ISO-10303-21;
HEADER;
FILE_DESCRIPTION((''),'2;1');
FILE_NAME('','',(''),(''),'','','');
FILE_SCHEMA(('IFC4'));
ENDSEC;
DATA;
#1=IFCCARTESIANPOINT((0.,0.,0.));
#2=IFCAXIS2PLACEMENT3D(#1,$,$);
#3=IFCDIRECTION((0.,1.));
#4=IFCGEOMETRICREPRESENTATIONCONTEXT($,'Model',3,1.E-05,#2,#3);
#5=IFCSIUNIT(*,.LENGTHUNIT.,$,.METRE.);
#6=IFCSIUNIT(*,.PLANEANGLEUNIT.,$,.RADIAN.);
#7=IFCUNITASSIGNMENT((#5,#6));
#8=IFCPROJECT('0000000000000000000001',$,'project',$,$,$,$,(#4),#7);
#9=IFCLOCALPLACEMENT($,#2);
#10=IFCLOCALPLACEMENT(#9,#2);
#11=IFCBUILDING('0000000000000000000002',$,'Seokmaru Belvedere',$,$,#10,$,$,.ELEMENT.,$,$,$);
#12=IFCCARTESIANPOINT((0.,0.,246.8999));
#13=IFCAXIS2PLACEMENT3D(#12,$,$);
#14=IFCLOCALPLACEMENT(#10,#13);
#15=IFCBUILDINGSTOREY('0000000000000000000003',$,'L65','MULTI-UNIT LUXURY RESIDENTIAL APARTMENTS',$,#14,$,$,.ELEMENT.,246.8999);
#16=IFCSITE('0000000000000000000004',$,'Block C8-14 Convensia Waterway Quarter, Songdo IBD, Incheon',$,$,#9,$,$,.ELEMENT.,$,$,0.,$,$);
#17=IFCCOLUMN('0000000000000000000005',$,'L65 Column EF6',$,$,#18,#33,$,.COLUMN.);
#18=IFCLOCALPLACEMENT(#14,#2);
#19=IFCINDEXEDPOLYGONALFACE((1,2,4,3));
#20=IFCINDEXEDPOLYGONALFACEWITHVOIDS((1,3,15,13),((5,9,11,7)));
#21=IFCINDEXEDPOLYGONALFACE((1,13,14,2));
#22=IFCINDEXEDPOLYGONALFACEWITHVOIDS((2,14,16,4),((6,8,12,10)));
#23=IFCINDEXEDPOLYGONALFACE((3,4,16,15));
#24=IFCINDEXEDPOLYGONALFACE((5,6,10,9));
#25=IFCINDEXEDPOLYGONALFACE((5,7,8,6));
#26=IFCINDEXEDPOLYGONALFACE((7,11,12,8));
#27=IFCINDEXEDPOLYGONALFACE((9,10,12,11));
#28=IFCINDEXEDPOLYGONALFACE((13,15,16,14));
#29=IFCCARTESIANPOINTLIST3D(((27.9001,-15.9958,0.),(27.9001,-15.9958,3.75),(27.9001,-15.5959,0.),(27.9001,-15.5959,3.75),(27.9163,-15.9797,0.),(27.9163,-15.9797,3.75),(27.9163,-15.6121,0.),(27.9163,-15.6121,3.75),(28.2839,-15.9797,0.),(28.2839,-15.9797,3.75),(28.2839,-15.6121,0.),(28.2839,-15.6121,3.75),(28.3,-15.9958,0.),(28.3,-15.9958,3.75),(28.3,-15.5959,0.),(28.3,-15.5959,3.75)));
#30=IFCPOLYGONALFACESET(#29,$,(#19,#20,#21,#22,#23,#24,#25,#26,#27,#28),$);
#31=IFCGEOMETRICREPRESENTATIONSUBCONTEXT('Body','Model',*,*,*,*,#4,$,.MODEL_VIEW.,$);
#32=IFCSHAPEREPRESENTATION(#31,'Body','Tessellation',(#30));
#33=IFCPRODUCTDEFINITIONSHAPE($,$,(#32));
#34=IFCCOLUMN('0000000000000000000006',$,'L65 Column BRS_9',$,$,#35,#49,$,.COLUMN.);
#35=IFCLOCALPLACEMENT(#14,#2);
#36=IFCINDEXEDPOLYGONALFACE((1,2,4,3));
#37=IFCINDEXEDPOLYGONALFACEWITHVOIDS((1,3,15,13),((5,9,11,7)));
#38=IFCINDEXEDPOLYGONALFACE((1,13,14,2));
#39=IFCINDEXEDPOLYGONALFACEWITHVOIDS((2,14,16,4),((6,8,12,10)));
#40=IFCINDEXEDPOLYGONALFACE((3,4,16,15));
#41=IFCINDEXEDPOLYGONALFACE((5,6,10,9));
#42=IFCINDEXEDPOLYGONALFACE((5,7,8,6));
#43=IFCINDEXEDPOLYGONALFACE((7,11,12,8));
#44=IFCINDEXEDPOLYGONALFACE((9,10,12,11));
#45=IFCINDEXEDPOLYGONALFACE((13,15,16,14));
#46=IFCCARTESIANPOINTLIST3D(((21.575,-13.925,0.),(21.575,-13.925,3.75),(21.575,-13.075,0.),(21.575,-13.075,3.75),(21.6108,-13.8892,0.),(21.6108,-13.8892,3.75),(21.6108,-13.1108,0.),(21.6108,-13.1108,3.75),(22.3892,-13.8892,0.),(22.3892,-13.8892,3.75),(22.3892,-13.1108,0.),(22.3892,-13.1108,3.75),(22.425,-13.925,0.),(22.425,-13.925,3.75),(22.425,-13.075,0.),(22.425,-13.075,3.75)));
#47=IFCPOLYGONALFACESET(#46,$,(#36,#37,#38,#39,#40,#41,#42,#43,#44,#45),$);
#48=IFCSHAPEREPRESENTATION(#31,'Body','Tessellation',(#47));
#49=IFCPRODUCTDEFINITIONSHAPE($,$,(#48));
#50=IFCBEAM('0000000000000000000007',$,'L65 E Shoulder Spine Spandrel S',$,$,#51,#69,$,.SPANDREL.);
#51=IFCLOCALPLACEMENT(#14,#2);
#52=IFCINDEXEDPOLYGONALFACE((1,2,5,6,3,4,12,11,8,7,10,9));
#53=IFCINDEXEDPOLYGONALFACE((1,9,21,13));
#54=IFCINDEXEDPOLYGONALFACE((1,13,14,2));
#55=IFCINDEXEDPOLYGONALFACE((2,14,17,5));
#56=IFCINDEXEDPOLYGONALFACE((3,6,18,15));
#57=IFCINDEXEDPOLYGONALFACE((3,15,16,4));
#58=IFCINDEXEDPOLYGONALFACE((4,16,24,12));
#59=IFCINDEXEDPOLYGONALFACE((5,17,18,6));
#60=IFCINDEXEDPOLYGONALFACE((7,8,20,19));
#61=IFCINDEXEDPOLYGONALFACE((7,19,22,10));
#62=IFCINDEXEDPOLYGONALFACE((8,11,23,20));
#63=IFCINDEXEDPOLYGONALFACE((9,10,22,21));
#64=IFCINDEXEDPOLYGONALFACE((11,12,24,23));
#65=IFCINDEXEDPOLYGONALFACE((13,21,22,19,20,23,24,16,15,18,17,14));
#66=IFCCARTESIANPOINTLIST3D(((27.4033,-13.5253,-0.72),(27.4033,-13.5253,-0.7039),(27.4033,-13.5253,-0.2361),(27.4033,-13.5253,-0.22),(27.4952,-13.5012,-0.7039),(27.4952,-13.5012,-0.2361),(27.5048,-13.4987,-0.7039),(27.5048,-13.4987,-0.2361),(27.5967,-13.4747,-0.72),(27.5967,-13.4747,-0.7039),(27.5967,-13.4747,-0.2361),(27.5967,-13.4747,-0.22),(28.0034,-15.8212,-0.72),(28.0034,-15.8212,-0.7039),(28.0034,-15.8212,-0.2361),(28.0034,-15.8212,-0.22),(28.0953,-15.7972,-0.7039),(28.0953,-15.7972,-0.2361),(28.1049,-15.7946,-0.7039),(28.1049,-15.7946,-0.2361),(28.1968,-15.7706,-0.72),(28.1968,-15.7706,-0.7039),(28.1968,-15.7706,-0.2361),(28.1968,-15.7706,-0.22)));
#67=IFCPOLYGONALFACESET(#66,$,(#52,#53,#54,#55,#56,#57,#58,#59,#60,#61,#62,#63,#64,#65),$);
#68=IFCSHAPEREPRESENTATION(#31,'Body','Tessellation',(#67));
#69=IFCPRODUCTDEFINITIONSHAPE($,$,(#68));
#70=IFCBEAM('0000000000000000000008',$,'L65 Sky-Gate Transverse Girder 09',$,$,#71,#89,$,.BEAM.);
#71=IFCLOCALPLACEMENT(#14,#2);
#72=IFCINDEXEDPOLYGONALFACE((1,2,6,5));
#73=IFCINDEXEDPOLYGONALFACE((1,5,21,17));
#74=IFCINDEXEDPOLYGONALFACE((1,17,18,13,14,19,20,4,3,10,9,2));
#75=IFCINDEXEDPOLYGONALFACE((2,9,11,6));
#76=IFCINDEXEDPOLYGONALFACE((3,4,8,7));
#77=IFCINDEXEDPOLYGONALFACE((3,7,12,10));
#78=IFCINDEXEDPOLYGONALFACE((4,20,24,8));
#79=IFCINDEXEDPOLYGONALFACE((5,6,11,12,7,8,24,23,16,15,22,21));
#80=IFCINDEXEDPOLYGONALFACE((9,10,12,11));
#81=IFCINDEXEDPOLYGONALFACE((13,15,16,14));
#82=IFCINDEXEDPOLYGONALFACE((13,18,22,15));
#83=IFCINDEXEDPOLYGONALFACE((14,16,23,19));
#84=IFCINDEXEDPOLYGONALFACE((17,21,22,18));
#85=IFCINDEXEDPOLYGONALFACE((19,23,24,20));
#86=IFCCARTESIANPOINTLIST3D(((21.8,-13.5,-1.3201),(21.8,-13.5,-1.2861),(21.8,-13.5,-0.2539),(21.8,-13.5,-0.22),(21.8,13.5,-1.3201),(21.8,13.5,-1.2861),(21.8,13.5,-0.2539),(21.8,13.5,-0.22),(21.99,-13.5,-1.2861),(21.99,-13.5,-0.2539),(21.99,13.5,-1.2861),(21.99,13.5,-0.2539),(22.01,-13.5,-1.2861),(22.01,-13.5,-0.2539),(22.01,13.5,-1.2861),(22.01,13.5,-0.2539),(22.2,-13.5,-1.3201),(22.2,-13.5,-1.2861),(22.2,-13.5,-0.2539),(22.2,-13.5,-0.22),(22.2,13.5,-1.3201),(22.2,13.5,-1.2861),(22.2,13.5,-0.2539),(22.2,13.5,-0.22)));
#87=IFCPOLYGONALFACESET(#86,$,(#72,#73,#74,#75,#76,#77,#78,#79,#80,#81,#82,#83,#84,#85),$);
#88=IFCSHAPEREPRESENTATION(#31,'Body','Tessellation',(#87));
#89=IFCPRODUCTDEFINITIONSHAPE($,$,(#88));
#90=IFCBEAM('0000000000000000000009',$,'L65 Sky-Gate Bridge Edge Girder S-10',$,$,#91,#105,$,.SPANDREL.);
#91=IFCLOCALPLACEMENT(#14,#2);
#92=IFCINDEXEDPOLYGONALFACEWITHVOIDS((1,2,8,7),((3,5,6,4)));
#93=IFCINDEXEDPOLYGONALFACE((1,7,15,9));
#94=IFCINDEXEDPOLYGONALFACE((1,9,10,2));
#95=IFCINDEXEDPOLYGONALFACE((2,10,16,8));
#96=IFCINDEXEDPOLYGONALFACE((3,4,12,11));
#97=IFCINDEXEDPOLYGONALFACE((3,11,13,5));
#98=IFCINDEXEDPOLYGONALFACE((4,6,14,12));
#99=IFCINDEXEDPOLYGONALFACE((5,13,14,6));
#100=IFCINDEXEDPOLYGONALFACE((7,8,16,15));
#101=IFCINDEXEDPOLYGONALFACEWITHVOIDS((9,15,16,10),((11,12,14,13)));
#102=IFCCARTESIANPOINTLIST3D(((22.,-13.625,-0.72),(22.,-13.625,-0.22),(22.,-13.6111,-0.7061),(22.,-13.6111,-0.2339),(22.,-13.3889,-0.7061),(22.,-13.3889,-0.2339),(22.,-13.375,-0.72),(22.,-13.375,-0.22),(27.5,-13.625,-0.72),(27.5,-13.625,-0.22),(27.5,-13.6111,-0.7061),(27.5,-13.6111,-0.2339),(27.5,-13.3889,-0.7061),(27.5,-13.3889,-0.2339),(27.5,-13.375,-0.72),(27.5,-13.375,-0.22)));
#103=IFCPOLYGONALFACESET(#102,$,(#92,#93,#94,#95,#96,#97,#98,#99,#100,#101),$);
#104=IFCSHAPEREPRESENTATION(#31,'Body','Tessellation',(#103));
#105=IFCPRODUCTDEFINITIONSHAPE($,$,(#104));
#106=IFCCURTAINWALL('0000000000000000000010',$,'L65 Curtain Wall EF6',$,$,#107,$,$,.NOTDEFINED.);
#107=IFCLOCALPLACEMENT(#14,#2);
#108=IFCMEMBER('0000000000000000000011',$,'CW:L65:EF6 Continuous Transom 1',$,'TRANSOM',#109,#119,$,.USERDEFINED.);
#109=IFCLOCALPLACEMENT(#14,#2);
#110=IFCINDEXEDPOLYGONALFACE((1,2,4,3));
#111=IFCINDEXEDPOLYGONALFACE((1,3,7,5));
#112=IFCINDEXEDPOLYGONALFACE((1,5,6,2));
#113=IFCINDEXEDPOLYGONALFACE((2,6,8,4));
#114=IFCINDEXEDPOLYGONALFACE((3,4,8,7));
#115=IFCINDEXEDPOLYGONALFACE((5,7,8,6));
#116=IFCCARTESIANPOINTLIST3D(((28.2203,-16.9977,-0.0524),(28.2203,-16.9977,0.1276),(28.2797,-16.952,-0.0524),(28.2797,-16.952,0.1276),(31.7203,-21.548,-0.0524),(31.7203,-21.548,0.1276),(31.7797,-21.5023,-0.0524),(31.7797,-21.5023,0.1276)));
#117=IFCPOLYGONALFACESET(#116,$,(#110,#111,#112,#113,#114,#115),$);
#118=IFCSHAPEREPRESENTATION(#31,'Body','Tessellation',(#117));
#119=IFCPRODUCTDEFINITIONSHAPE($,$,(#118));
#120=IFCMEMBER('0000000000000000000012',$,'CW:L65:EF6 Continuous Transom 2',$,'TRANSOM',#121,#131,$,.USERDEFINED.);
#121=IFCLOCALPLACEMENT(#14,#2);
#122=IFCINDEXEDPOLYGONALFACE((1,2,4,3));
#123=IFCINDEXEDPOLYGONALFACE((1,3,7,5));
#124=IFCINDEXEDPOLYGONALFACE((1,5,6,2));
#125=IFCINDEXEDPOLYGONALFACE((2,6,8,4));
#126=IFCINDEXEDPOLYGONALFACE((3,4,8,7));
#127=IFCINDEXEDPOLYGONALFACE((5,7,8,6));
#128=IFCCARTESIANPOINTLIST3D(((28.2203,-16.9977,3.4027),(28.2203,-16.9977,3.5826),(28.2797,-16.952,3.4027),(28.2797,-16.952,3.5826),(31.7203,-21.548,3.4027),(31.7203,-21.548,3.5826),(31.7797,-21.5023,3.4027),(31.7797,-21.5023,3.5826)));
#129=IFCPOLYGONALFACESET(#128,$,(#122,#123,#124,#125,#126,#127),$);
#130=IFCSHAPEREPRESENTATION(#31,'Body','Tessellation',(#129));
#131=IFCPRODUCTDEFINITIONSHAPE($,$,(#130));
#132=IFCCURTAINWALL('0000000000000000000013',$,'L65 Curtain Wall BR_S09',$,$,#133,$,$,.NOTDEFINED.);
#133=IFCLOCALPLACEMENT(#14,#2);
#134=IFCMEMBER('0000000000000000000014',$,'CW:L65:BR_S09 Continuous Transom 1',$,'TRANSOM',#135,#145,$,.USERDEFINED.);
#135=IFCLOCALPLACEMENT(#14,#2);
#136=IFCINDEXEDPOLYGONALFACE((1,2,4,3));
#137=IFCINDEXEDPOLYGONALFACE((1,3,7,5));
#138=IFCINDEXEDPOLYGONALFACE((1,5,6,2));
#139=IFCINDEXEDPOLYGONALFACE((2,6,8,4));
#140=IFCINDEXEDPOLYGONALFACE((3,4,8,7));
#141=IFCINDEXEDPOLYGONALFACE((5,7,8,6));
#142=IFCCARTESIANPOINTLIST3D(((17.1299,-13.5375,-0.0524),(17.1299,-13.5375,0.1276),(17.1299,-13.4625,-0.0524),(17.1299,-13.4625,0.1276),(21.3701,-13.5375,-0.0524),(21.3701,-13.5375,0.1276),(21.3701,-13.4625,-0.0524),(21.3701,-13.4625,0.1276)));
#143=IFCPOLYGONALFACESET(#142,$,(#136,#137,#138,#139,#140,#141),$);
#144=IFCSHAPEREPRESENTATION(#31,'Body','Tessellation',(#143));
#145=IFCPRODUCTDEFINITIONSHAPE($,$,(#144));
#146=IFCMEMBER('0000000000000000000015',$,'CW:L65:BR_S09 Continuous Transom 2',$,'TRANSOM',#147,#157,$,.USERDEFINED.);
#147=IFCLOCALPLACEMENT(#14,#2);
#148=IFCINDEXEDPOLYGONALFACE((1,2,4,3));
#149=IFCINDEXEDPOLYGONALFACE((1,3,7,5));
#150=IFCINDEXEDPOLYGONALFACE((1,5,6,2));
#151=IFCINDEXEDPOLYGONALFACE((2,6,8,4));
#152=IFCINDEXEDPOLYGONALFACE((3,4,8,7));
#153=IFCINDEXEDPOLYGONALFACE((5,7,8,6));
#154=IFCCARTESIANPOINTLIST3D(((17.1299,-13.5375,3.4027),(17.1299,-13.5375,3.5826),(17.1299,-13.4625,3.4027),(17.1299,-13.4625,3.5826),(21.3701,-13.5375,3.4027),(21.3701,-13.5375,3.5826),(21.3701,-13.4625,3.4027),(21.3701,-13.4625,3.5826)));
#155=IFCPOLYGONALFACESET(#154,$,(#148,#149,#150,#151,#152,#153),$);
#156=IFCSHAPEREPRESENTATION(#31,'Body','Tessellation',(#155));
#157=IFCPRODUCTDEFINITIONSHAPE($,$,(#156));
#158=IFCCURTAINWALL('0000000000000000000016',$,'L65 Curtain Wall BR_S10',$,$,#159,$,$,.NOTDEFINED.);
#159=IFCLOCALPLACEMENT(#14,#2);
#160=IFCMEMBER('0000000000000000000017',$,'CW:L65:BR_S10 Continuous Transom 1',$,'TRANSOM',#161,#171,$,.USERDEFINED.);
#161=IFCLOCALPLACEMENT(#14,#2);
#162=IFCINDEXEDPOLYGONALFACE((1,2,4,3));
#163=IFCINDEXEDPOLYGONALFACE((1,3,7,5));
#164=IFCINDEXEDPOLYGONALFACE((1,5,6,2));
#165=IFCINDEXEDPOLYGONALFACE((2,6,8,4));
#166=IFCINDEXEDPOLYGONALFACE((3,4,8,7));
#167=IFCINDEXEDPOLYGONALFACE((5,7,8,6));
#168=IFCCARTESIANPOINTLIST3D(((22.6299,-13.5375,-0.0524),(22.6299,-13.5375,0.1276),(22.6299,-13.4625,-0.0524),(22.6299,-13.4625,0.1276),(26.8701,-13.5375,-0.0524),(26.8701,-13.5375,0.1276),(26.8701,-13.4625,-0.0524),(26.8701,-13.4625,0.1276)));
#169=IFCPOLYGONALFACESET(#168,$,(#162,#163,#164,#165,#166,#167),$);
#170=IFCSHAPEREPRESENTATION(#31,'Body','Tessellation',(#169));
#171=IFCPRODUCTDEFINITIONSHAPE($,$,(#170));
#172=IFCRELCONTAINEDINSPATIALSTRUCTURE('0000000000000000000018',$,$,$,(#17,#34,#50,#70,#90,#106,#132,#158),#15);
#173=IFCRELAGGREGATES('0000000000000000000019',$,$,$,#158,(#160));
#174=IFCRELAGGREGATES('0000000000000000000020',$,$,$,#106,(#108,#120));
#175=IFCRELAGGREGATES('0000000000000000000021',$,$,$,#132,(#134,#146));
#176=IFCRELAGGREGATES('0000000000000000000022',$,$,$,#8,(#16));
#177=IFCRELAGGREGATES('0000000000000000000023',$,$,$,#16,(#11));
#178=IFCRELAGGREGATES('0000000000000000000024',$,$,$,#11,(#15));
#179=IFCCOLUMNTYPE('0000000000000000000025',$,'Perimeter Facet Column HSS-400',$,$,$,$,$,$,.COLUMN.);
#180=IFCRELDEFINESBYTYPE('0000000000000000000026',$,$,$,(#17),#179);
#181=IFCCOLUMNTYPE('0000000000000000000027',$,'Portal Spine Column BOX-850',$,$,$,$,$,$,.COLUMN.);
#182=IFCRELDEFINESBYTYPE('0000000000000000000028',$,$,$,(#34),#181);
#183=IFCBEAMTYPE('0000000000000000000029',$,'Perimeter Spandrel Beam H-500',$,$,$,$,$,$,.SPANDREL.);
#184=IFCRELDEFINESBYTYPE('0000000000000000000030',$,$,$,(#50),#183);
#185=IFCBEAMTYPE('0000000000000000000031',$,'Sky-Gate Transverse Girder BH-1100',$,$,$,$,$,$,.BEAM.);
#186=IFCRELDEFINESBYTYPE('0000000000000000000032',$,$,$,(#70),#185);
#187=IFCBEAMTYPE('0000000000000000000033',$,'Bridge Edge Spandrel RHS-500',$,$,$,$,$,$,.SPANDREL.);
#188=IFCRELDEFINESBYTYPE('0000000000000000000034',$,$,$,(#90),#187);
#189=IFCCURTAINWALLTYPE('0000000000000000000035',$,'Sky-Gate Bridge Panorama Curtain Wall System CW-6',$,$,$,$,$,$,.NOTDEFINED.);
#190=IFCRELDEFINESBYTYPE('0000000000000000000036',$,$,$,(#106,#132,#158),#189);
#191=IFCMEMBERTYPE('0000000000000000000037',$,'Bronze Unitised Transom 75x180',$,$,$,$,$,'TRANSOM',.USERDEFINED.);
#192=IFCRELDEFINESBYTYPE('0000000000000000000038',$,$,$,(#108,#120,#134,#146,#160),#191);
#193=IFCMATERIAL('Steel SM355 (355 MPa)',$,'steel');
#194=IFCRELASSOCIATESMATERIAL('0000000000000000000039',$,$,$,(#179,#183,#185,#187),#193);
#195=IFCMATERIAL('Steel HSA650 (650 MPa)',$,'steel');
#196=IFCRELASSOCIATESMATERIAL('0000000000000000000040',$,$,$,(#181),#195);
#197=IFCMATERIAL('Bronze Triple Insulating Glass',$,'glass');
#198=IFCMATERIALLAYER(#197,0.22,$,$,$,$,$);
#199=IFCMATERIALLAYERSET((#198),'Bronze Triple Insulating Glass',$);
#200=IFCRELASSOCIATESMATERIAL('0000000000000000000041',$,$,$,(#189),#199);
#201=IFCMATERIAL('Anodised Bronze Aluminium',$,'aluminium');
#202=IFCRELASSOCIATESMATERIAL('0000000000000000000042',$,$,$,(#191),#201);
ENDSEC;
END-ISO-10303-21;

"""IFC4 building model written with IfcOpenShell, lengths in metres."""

from ifc_helpers import new_model, si_unit, direction, frame, origin, origin_2d, place, context, subcontext, project, spatial, rectangle, hollow_rectangle, i_section, extrude, source, transform, mapped, material, layer, layer_set, material_profile, profile_set, type_object, type_shapes, element, aggregate, save


model = new_model("IFC4")

# Units and contexts
model_context = context("Model", 3, precision=1e-05, world=origin(), true_north=direction((0.0, 1.0)))
body_context = subcontext(model_context, "Body", "Model", "MODEL_VIEW")
ifc_project = project(units=[si_unit("LENGTHUNIT", "METRE"), si_unit("PLANEANGLEUNIT", "RADIAN")], contexts=[model_context])

# Site, building, storey
site_placement = place(None, origin())
site = spatial("IfcSite", under=ifc_project, at=site_placement, Name="Block C8-14 Convensia Waterway Quarter, Songdo IBD, Incheon", CompositionType="ELEMENT", RefElevation=0.0)
building_placement = place(site_placement, origin())
building = spatial("IfcBuilding", under=site, at=building_placement, Name="Seokmaru Belvedere", CompositionType="ELEMENT")
storey_placement = place(building_placement, frame((0.0, 0.0, 246.8999)))
storey = spatial("IfcBuildingStorey", under=building, at=storey_placement, Name="L65", Description="MULTI-UNIT LUXURY RESIDENTIAL APARTMENTS", CompositionType="ELEMENT", Elevation=246.8999)

# Columns
ifc_material_1 = material(Name="Steel SM355 (355 MPa)", Category="steel")
ifc_material_profile_1 = material_profile(ifc_material_1, hollow_rectangle(XDim=0.3999, YDim=0.3999, WallThickness=0.0161, at=origin_2d()), Name="HSS-400x400x16")
ifc_profile_set_1 = profile_set([ifc_material_profile_1], Name="Steel SM355 (355 MPa)")
column_type_1 = type_object("IfcColumnType", Name="Perimeter Facet Column HSS-400", PredefinedType="COLUMN", material=ifc_profile_set_1)
shared_shape_1 = source(origin(), body_context, "Body", "SweptSolid", [
    extrude(hollow_rectangle(XDim=0.3999, YDim=0.3999, WallThickness=0.0161, at=origin_2d()), origin(), (0.0, 0.0, 1.0), 3.75),
])
type_shapes(column_type_1, [shared_shape_1])
column_1_placement = place(storey_placement, frame((28.1001, -15.7959, 0.0), z_axis=(0.0, 0.0, 1.0), x_axis=(1.0, 0.0, 0.0)))
element("IfcColumn", 1, at=column_1_placement, inside=storey, type_object=column_type_1, Name="L65 Column EF6", PredefinedType="COLUMN", context=body_context, shape_type="MappedRepresentation", body=[
    mapped(shared_shape_1, transform((0.0, 0.0, 0.0), scale=1.0)),
])
ifc_material_2 = material(Name="Steel HSA650 (650 MPa)", Category="steel")
ifc_material_profile_2 = material_profile(ifc_material_2, hollow_rectangle(XDim=0.8501, YDim=0.8501, WallThickness=0.0359, at=origin_2d()), Name="BOX-850x850x36")
ifc_profile_set_2 = profile_set([ifc_material_profile_2], Name="Steel HSA650 (650 MPa)")
column_type_2 = type_object("IfcColumnType", Name="Portal Spine Column BOX-850", PredefinedType="COLUMN", material=ifc_profile_set_2)
shared_shape_2 = source(origin(), body_context, "Body", "SweptSolid", [
    extrude(hollow_rectangle(XDim=0.8501, YDim=0.8501, WallThickness=0.0359, at=origin_2d()), origin(), (0.0, 0.0, 1.0), 3.75),
])
type_shapes(column_type_2, [shared_shape_2])
column_2_placement = place(storey_placement, frame((22.0, -13.5, 0.0), z_axis=(0.0, 0.0, 1.0), x_axis=(1.0, 0.0, 0.0)))
element("IfcColumn", 2, at=column_2_placement, inside=storey, type_object=column_type_2, Name="L65 Column BRS_9", PredefinedType="COLUMN", context=body_context, shape_type="MappedRepresentation", body=[
    mapped(shared_shape_2, transform((0.0, 0.0, 0.0), scale=1.0)),
])

# Beams
ifc_material_profile_3 = material_profile(ifc_material_1, i_section(OverallWidth=0.2, OverallDepth=0.5, WebThickness=0.01, FlangeThickness=0.0161, at=origin_2d()), Name="H-500x200x10x16")
ifc_profile_set_3 = profile_set([ifc_material_profile_3], Name="Steel SM355 (355 MPa)")
beam_type_1 = type_object("IfcBeamType", Name="Perimeter Spandrel Beam H-500", PredefinedType="SPANDREL", material=ifc_profile_set_3)
shared_shape_3 = source(origin(), body_context, "Body", "SweptSolid", [
    extrude(i_section(OverallWidth=0.2, OverallDepth=0.5, WebThickness=0.01, FlangeThickness=0.0161, at=origin_2d()), origin(), (0.0, 0.0, 1.0), 2.373),
])
type_shapes(beam_type_1, [shared_shape_3])
beam_1_placement = place(storey_placement, frame((28.1001, -15.7959, -0.47), z_axis=(-0.252883, 0.967497, 0.0), x_axis=(-0.967497, -0.252883, 0.0)))
element("IfcBeam", 3, at=beam_1_placement, inside=storey, type_object=beam_type_1, Name="L65 E Shoulder Spine Spandrel S", PredefinedType="SPANDREL", context=body_context, shape_type="MappedRepresentation", body=[
    mapped(shared_shape_3, transform((0.0, 0.0, 0.0), scale=1.0)),
])
ifc_material_profile_4 = material_profile(ifc_material_1, i_section(OverallWidth=0.3999, OverallDepth=1.1001, WebThickness=0.02, FlangeThickness=0.0339, at=origin_2d()), Name="BH-1100x400x20x34")
ifc_profile_set_4 = profile_set([ifc_material_profile_4], Name="Steel SM355 (355 MPa)")
beam_type_2 = type_object("IfcBeamType", Name="Sky-Gate Transverse Girder BH-1100", PredefinedType="BEAM", material=ifc_profile_set_4)
shared_shape_4 = source(origin(), body_context, "Body", "SweptSolid", [
    extrude(i_section(OverallWidth=0.3999, OverallDepth=1.1001, WebThickness=0.02, FlangeThickness=0.0339, at=origin_2d()), origin(), (0.0, 0.0, 1.0), 27.0),
])
type_shapes(beam_type_2, [shared_shape_4])
beam_2_placement = place(storey_placement, frame((22.0, -13.5, -0.77), z_axis=(0.0, 1.0, 0.0), x_axis=(-1.0, 0.0, 0.0)))
element("IfcBeam", 4, at=beam_2_placement, inside=storey, type_object=beam_type_2, Name="L65 Sky-Gate Transverse Girder 09", PredefinedType="BEAM", context=body_context, shape_type="MappedRepresentation", body=[
    mapped(shared_shape_4, transform((0.0, 0.0, 0.0), scale=1.0)),
])
ifc_material_profile_5 = material_profile(ifc_material_1, hollow_rectangle(XDim=0.25, YDim=0.5, WallThickness=0.0139, at=origin_2d()), Name="RHS-500x250x14")
ifc_profile_set_5 = profile_set([ifc_material_profile_5], Name="Steel SM355 (355 MPa)")
beam_type_3 = type_object("IfcBeamType", Name="Bridge Edge Spandrel RHS-500", PredefinedType="SPANDREL", material=ifc_profile_set_5)
shared_shape_5 = source(origin(), body_context, "Body", "SweptSolid", [
    extrude(hollow_rectangle(XDim=0.25, YDim=0.5, WallThickness=0.0139, at=origin_2d()), origin(), (0.0, 0.0, 1.0), 5.5),
])
type_shapes(beam_type_3, [shared_shape_5])
beam_3_placement = place(storey_placement, frame((22.0, -13.5, -0.47), z_axis=(1.0, 0.0, 0.0), x_axis=(0.0, 1.0, 0.0)))
element("IfcBeam", 5, at=beam_3_placement, inside=storey, type_object=beam_type_3, Name="L65 Sky-Gate Bridge Edge Girder S-10", PredefinedType="SPANDREL", context=body_context, shape_type="MappedRepresentation", body=[
    mapped(shared_shape_5, transform((0.0, 0.0, 0.0), scale=1.0)),
])

# Curtain walls, members
ifc_material_3 = material(Name="Bronze Triple Insulating Glass", Category="glass")
ifc_layer_1 = layer(ifc_material_3, 0.22)
ifc_layer_set_1 = layer_set([ifc_layer_1], Name="Bronze Triple Insulating Glass")
curtain_wall_type = type_object("IfcCurtainWallType", Name="Sky-Gate Bridge Panorama Curtain Wall System CW-6", PredefinedType="NOTDEFINED", material=ifc_layer_set_1)
curtain_wall_1_placement = place(storey_placement, origin())
curtain_wall_1 = element("IfcCurtainWall", 6, at=curtain_wall_1_placement, inside=storey, type_object=curtain_wall_type, Name="L65 Curtain Wall EF6", PredefinedType="NOTDEFINED")
ifc_material_4 = material(Name="Anodised Bronze Aluminium", Category="aluminium")
ifc_material_profile_6 = material_profile(ifc_material_4, rectangle(XDim=0.075, YDim=0.1799, at=origin_2d()), Name="CW-T-75x180")
ifc_profile_set_6 = profile_set([ifc_material_profile_6], Name="Anodised Bronze Aluminium")
member_type_1 = type_object("IfcMemberType", Name="Bronze Unitised Transom 75x180", ElementType="TRANSOM", PredefinedType="USERDEFINED", material=ifc_profile_set_6)
shared_shape_6 = source(origin(), body_context, "Body", "SweptSolid", [
    extrude(rectangle(XDim=0.075, YDim=0.1799, at=origin_2d()), origin(), (0.0, 0.0, 1.0), 5.7407),
])
member_1_placement = place(storey_placement, frame((28.25, -16.9749, 0.0376), z_axis=(0.609686, -0.792643, 0.0), x_axis=(0.792643, 0.609686, 0.0)))
member_1 = element("IfcMember", 7, at=member_1_placement, type_object=member_type_1, Name="CW:L65:EF6 Continuous Transom 1", ObjectType="TRANSOM", PredefinedType="USERDEFINED", context=body_context, shape_type="MappedRepresentation", body=[
    mapped(shared_shape_6, transform((0.0, 0.0, 0.0), scale=1.0)),
])
member_2_placement = place(storey_placement, frame((28.25, -16.9749, 3.4927), z_axis=(0.609686, -0.792643, 0.0), x_axis=(0.792643, 0.609686, 0.0)))
member_2 = element("IfcMember", 8, at=member_2_placement, type_object=member_type_1, Name="CW:L65:EF6 Continuous Transom 2", ObjectType="TRANSOM", PredefinedType="USERDEFINED", context=body_context, shape_type="MappedRepresentation", body=[
    mapped(shared_shape_6, transform((0.0, 0.0, 0.0), scale=1.0)),
])
curtain_wall_2_placement = place(storey_placement, origin())
curtain_wall_2 = element("IfcCurtainWall", 9, at=curtain_wall_2_placement, inside=storey, type_object=curtain_wall_type, Name="L65 Curtain Wall BR_S09", PredefinedType="NOTDEFINED")
shared_shape_7 = source(origin(), body_context, "Body", "SweptSolid", [
    extrude(rectangle(XDim=0.075, YDim=0.1799, at=origin_2d()), origin(), (0.0, 0.0, 1.0), 4.2402),
])
type_shapes(member_type_1, [shared_shape_6, shared_shape_7])
member_3_placement = place(storey_placement, frame((17.1299, -13.5, 0.0376), z_axis=(1.0, 0.0, 0.0), x_axis=(0.0, 1.0, 0.0)))
member_3 = element("IfcMember", 10, at=member_3_placement, type_object=member_type_1, Name="CW:L65:BR_S09 Continuous Transom 1", ObjectType="TRANSOM", PredefinedType="USERDEFINED", context=body_context, shape_type="MappedRepresentation", body=[
    mapped(shared_shape_7, transform((0.0, 0.0, 0.0), scale=1.0)),
])
member_4_placement = place(storey_placement, frame((17.1299, -13.5, 3.4927), z_axis=(1.0, 0.0, 0.0), x_axis=(0.0, 1.0, 0.0)))
member_4 = element("IfcMember", 11, at=member_4_placement, type_object=member_type_1, Name="CW:L65:BR_S09 Continuous Transom 2", ObjectType="TRANSOM", PredefinedType="USERDEFINED", context=body_context, shape_type="MappedRepresentation", body=[
    mapped(shared_shape_7, transform((0.0, 0.0, 0.0), scale=1.0)),
])
curtain_wall_3_placement = place(storey_placement, origin())
curtain_wall_3 = element("IfcCurtainWall", 12, at=curtain_wall_3_placement, inside=storey, type_object=curtain_wall_type, Name="L65 Curtain Wall BR_S10", PredefinedType="NOTDEFINED")
member_5_placement = place(storey_placement, frame((22.6299, -13.5, 0.0376), z_axis=(1.0, 0.0, 0.0), x_axis=(0.0, 1.0, 0.0)))
member_5 = element("IfcMember", 13, at=member_5_placement, type_object=member_type_1, Name="CW:L65:BR_S10 Continuous Transom 1", ObjectType="TRANSOM", PredefinedType="USERDEFINED", context=body_context, shape_type="MappedRepresentation", body=[
    mapped(shared_shape_7, transform((0.0, 0.0, 0.0), scale=1.0)),
])

aggregate(curtain_wall_3, [member_5])

aggregate(curtain_wall_1, [member_1, member_2])
aggregate(curtain_wall_2, [member_3, member_4])

save(model, "model.ifc")
